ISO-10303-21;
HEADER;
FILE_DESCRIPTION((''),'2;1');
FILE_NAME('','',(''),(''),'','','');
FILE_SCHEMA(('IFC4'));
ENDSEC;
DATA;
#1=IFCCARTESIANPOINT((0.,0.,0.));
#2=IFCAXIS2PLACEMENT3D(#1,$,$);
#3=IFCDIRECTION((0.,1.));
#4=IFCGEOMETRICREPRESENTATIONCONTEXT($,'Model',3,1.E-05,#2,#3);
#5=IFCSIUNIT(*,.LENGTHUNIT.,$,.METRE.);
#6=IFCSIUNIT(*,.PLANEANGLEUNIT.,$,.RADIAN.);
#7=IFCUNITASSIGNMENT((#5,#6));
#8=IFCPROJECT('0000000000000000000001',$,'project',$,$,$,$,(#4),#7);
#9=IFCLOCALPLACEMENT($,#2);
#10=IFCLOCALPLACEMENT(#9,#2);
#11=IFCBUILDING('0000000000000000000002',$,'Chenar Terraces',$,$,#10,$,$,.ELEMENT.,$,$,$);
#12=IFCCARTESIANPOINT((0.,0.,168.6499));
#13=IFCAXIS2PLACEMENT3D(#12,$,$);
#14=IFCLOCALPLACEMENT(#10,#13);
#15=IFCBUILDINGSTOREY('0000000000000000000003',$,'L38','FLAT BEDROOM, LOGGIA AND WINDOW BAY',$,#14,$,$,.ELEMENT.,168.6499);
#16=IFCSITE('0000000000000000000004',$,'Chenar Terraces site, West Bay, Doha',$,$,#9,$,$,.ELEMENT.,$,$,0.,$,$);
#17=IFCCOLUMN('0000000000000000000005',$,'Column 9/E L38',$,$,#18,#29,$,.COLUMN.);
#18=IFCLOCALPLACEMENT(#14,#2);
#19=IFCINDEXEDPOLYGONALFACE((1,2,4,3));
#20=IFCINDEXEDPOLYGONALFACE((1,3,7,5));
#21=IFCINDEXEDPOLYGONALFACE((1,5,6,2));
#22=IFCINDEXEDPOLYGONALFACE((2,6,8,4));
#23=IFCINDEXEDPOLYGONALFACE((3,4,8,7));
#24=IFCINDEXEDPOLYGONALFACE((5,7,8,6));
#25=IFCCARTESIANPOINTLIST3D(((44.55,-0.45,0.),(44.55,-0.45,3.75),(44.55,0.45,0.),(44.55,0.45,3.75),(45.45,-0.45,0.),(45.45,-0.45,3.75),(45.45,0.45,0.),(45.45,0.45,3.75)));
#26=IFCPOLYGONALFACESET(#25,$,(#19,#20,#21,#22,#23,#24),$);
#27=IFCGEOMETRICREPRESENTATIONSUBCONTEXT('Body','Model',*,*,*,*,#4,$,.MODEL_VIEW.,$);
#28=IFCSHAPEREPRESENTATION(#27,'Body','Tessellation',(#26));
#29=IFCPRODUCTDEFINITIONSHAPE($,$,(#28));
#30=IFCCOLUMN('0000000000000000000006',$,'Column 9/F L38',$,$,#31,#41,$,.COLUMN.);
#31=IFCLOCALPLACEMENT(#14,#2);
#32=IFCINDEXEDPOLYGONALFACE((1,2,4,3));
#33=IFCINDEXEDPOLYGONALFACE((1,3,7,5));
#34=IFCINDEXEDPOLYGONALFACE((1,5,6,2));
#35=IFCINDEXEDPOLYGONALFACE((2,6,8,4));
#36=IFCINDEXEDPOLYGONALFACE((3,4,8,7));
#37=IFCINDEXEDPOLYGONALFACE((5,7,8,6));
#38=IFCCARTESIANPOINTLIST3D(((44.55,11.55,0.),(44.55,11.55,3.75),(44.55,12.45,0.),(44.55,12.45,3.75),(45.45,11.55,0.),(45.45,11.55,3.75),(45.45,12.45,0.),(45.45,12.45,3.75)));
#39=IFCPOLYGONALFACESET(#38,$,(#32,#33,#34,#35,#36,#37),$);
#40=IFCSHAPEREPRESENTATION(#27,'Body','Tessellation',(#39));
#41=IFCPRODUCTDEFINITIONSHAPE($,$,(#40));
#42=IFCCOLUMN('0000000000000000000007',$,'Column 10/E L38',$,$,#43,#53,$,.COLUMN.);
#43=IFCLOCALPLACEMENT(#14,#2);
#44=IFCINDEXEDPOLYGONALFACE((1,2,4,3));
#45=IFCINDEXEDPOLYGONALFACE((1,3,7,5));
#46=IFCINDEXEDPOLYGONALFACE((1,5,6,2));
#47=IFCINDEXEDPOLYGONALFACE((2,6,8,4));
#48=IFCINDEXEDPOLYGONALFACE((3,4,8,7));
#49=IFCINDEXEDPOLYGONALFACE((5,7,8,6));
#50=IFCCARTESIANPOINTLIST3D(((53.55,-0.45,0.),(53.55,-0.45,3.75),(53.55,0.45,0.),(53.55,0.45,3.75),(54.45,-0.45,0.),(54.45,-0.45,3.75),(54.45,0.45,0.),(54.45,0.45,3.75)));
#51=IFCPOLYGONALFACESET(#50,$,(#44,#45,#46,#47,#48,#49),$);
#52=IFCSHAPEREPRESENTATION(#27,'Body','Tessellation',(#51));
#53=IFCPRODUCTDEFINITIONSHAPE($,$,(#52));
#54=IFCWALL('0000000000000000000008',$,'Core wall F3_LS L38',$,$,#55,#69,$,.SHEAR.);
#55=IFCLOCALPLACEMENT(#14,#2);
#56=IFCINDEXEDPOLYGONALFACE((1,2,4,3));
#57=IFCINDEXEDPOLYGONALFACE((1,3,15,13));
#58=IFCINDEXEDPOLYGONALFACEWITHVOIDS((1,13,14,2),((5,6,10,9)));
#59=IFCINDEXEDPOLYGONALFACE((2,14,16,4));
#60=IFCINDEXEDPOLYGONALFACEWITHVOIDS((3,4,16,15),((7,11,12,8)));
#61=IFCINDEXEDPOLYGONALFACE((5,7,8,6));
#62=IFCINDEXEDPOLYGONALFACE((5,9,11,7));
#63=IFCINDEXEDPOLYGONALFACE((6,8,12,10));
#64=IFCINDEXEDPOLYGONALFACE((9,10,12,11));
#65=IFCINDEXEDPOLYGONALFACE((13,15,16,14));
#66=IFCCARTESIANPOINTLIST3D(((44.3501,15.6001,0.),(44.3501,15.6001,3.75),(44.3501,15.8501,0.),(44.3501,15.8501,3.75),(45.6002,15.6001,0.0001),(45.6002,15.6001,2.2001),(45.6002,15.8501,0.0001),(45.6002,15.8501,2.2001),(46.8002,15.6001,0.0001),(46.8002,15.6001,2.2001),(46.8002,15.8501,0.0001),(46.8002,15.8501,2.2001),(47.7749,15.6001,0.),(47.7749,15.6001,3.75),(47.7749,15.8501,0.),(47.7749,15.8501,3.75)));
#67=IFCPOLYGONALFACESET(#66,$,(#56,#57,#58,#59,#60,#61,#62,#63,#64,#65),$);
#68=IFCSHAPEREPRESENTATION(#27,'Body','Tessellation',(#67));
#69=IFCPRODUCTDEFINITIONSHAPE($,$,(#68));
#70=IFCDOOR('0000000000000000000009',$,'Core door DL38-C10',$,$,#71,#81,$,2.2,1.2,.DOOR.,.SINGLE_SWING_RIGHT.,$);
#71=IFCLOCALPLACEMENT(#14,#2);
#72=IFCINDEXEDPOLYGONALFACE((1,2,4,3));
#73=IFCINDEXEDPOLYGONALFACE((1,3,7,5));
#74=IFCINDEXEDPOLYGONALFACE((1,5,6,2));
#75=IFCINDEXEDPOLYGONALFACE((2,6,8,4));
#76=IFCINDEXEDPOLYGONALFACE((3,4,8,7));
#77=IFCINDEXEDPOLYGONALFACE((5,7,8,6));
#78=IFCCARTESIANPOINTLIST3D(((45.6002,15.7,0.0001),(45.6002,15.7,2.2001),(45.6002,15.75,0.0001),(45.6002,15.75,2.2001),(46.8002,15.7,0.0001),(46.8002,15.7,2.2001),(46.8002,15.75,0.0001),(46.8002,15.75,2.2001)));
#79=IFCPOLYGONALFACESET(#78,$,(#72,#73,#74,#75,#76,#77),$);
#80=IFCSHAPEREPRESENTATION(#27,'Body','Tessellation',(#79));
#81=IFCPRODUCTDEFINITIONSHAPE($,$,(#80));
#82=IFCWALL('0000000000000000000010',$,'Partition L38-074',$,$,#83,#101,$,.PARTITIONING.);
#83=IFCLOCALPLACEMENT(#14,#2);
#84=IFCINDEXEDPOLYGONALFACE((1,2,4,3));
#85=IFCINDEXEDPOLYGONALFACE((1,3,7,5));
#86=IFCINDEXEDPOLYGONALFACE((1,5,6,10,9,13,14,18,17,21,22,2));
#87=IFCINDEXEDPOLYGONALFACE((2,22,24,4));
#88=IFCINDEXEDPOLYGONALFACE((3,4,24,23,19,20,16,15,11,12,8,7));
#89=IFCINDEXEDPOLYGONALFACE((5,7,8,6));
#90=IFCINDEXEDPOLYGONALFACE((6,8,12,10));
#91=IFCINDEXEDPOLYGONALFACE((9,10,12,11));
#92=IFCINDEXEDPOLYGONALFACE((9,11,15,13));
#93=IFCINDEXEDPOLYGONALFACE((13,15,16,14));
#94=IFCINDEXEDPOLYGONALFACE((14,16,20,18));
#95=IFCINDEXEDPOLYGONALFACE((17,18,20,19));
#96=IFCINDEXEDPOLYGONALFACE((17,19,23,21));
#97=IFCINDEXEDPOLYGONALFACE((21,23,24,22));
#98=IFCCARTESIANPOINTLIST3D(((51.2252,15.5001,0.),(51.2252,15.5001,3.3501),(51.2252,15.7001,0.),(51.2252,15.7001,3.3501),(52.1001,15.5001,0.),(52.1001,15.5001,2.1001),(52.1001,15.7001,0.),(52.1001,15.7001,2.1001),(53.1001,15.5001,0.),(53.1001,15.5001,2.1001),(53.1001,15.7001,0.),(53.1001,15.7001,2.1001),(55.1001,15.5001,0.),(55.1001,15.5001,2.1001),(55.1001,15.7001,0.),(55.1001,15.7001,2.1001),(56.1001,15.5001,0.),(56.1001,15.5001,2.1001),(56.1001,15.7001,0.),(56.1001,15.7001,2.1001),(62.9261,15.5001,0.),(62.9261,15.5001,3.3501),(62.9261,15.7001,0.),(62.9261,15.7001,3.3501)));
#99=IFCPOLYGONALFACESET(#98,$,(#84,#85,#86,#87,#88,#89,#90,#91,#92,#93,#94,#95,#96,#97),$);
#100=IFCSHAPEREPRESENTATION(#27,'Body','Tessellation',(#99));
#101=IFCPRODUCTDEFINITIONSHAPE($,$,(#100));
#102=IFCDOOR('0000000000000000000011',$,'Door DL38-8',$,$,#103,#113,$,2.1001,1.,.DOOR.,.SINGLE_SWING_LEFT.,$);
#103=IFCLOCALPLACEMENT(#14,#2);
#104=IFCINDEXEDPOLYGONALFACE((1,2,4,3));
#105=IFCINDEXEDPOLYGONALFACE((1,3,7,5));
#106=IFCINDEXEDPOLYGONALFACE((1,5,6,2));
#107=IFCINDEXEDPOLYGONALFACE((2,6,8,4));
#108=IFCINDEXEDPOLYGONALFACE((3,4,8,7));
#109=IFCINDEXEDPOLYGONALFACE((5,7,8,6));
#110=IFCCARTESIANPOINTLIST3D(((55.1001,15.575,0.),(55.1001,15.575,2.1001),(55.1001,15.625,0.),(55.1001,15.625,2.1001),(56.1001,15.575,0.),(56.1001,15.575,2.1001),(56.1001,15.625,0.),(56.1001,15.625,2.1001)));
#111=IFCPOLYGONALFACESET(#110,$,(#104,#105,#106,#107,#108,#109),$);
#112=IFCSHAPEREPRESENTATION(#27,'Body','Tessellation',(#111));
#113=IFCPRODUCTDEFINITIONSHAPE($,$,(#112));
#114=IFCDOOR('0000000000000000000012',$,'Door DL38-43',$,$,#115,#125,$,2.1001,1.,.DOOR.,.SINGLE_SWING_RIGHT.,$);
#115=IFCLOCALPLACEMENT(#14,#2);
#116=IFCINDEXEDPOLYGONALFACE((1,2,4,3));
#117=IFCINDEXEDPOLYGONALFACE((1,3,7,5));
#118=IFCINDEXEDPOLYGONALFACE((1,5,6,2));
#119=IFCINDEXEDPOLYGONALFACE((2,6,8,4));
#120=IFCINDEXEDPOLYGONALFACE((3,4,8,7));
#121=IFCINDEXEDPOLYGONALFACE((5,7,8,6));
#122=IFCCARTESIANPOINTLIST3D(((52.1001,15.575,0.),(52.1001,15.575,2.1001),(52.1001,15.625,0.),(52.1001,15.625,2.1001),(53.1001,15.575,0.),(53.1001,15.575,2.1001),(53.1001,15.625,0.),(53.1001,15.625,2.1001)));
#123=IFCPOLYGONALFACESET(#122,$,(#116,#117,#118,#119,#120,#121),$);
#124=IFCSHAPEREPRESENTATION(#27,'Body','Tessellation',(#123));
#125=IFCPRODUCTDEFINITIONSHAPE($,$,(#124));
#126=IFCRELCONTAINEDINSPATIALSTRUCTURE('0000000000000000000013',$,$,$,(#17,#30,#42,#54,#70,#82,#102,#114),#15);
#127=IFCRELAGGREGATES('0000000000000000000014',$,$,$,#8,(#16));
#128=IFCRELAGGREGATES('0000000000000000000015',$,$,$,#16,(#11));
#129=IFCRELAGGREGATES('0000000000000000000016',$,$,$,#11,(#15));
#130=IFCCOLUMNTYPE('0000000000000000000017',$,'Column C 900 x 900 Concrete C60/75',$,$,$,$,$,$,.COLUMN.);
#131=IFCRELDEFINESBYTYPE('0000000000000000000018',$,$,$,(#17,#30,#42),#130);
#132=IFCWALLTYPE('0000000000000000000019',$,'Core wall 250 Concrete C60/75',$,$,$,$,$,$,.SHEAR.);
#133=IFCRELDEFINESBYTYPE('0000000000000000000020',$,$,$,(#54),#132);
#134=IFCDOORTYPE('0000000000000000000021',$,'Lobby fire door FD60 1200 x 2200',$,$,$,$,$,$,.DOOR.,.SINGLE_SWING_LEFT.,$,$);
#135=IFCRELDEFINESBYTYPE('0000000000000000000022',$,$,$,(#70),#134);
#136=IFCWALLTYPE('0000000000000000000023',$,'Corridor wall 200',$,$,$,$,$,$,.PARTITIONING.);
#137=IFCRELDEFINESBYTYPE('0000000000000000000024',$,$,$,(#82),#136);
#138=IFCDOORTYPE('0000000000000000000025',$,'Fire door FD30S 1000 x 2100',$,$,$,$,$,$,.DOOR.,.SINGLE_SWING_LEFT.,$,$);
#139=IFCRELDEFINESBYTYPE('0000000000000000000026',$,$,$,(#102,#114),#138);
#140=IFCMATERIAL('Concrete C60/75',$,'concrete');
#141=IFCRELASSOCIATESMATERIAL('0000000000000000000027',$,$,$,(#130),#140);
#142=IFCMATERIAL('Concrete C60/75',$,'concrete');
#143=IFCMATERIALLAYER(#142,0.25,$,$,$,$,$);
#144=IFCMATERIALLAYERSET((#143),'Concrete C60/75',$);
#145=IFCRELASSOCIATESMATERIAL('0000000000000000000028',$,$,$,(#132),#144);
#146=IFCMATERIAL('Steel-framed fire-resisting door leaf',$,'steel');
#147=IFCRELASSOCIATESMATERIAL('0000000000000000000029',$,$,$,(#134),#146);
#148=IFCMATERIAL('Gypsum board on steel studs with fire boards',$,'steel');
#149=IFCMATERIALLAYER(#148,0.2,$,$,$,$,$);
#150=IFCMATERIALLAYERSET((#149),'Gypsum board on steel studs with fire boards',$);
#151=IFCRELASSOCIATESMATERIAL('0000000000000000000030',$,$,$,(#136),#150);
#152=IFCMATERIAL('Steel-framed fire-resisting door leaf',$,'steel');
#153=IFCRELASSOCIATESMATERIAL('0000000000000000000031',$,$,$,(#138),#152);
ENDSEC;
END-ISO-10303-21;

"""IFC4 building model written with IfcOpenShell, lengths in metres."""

from ifc_helpers import new_model, si_unit, direction, frame, frame_2d, origin, origin_2d, place, context, subcontext, project, spatial, rectangle, extrude, material, layer, layer_set, material_profile, profile_set, type_object, element, fill, save


model = new_model("IFC4")

# Units and contexts
model_context = context("Model", 3, precision=1e-05, world=origin(), true_north=direction((0.0, 1.0)))
body_context = subcontext(model_context, "Body", "Model", "MODEL_VIEW")
ifc_project = project(units=[si_unit("LENGTHUNIT", "METRE"), si_unit("PLANEANGLEUNIT", "RADIAN")], contexts=[model_context])

# Site, building, storey
site_placement = place(None, origin())
site = spatial("IfcSite", under=ifc_project, at=site_placement, Name="Chenar Terraces site, West Bay, Doha", CompositionType="ELEMENT", RefElevation=0.0)
building_placement = place(site_placement, origin())
building = spatial("IfcBuilding", under=site, at=building_placement, Name="Chenar Terraces", CompositionType="ELEMENT")
storey_placement = place(building_placement, frame((0.0, 0.0, 168.6499)))
storey = spatial("IfcBuildingStorey", under=building, at=storey_placement, Name="L38", Description="FLAT BEDROOM, LOGGIA AND WINDOW BAY", CompositionType="ELEMENT", Elevation=168.6499)

# Columns
ifc_material_1 = material(Name="Concrete C60/75", Category="concrete")
ifc_material_profile = material_profile(ifc_material_1, rectangle(XDim=0.8999, YDim=0.8999, at=origin_2d()), Name="C 900 x 900")
ifc_profile_set = profile_set([ifc_material_profile], Name="Concrete C60/75")
column_type = type_object("IfcColumnType", Name="Column C 900 x 900 Concrete C60/75", PredefinedType="COLUMN", material=ifc_profile_set)
for number, where, z_axis, x_axis, name in (
    (1, (45.0, 0.0, 0.0), (0.0, 0.0, 1.0), (1.0, 0.0, 0.0), "Column 9/E L38"),
    (2, (45.0, 12.0, 0.0), (0.0, 0.0, 1.0), (1.0, 0.0, 0.0), "Column 9/F L38"),
    (3, (54.0, 0.0, 0.0), (0.0, 0.0, 1.0), (1.0, 0.0, 0.0), "Column 10/E L38"),
):
    element("IfcColumn", number, at=place(storey_placement, frame(where, z_axis=z_axis, x_axis=x_axis)), inside=storey, type_object=column_type, Name=name, PredefinedType="COLUMN", context=body_context, shape_type="SweptSolid", body=[
        extrude(rectangle(XDim=0.8999, YDim=0.8999, at=origin_2d()), origin(), (0.0, 0.0, 1.0), 3.75),
    ])

# Wall, opening, door
ifc_material_2 = material(Name="Concrete C60/75", Category="concrete")
ifc_layer_1 = layer(ifc_material_2, 0.25)
ifc_layer_set_1 = layer_set([ifc_layer_1], Name="Concrete C60/75")
wall_type_1 = type_object("IfcWallType", Name="Core wall 250 Concrete C60/75", PredefinedType="SHEAR", material=ifc_layer_set_1)
wall_1_placement = place(storey_placement, frame((44.3501, 15.7251, 0.0), z_axis=(0.0, 0.0, 1.0), x_axis=(1.0, 0.0, 0.0)))
wall_1 = element("IfcWall", 4, at=wall_1_placement, inside=storey, type_object=wall_type_1, Name="Core wall F3_LS L38", PredefinedType="SHEAR", context=body_context, shape_type="SweptSolid", body=[
    extrude(rectangle(XDim=3.4248, YDim=0.25, at=frame_2d((1.7124, 0.0))), origin(), (0.0, 0.0, 1.0), 3.75),
])
opening_1_placement = place(wall_1_placement, frame((1.25, 0.0, 0.0)))
opening_1 = element("IfcOpeningElement", 5, at=opening_1_placement, cuts=wall_1, PredefinedType="OPENING", context=body_context, shape_type="SweptSolid", body=[
    extrude(rectangle(XDim=1.2, YDim=2.2, at=frame_2d((0.6001, 1.1001))), frame((0.0, 0.135, 0.0), z_axis=(0.0, -1.0, 0.0), x_axis=(1.0, 0.0, 0.0)), (0.0, 0.0, 1.0), 0.27),
])
ifc_material_3 = material(Name="Steel-framed fire-resisting door leaf", Category="steel")
door_type_1 = type_object("IfcDoorType", Name="Lobby fire door FD60 1200 x 2200", OperationType="SINGLE_SWING_LEFT", PredefinedType="DOOR", material=ifc_material_3)
door_1_placement = place(opening_1_placement, origin())
door_1 = element("IfcDoor", 6, at=door_1_placement, inside=storey, type_object=door_type_1, Name="Core door DL38-C10", OperationType="SINGLE_SWING_RIGHT", OverallHeight=2.2, OverallWidth=1.2, PredefinedType="DOOR", context=body_context, shape_type="SweptSolid", body=[
    extrude(rectangle(XDim=1.2, YDim=2.2, at=frame_2d((0.6001, 1.1001))), frame((0.0, 0.0249, 0.0), z_axis=(0.0, -1.0, 0.0), x_axis=(1.0, 0.0, 0.0)), (0.0, 0.0, 1.0), 0.05),
])
fill(opening_1, door_1)

# Wall, openings, doors
ifc_material_4 = material(Name="Gypsum board on steel studs with fire boards", Category="steel")
ifc_layer_2 = layer(ifc_material_4, 0.2)
ifc_layer_set_2 = layer_set([ifc_layer_2], Name="Gypsum board on steel studs with fire boards")
wall_type_2 = type_object("IfcWallType", Name="Corridor wall 200", PredefinedType="PARTITIONING", material=ifc_layer_set_2)
wall_2_placement = place(storey_placement, frame((51.2251, 15.6001, 0.0), z_axis=(0.0, 0.0, 1.0), x_axis=(1.0, 0.0, 0.0)))
wall_2 = element("IfcWall", 7, at=wall_2_placement, inside=storey, type_object=wall_type_2, Name="Partition L38-074", PredefinedType="PARTITIONING", context=body_context, shape_type="SweptSolid", body=[
    extrude(rectangle(XDim=11.7009, YDim=0.2, at=frame_2d((5.8506, 0.0))), origin(), (0.0, 0.0, 1.0), 3.3501),
])
opening_2_placement = place(wall_2_placement, frame((3.875, 0.0, 0.0)))
opening_2 = element("IfcOpeningElement", 8, at=opening_2_placement, cuts=wall_2, PredefinedType="OPENING", context=body_context, shape_type="SweptSolid", body=[
    extrude(rectangle(XDim=1.0, YDim=2.1001, at=frame_2d((0.5, 1.05))), frame((0.0, 0.1099, 0.0), z_axis=(0.0, -1.0, 0.0), x_axis=(1.0, 0.0, 0.0)), (0.0, 0.0, 1.0), 0.22),
])
opening_3_placement = place(wall_2_placement, frame((0.875, 0.0, 0.0)))
opening_3 = element("IfcOpeningElement", 9, at=opening_3_placement, cuts=wall_2, PredefinedType="OPENING", context=body_context, shape_type="SweptSolid", body=[
    extrude(rectangle(XDim=1.0, YDim=2.1001, at=frame_2d((0.5, 1.05))), frame((0.0, 0.1099, 0.0), z_axis=(0.0, -1.0, 0.0), x_axis=(1.0, 0.0, 0.0)), (0.0, 0.0, 1.0), 0.22),
])
ifc_material_5 = material(Name="Steel-framed fire-resisting door leaf", Category="steel")
door_type_2 = type_object("IfcDoorType", Name="Fire door FD30S 1000 x 2100", OperationType="SINGLE_SWING_LEFT", PredefinedType="DOOR", material=ifc_material_5)
door_2_placement = place(opening_2_placement, origin())
door_2 = element("IfcDoor", 10, at=door_2_placement, inside=storey, type_object=door_type_2, Name="Door DL38-8", OperationType="SINGLE_SWING_LEFT", OverallHeight=2.1001, OverallWidth=1.0, PredefinedType="DOOR", context=body_context, shape_type="SweptSolid", body=[
    extrude(rectangle(XDim=1.0, YDim=2.1001, at=frame_2d((0.5, 1.05))), frame((0.0, 0.0249, 0.0), z_axis=(0.0, -1.0, 0.0), x_axis=(1.0, 0.0, 0.0)), (0.0, 0.0, 1.0), 0.05),
])
fill(opening_2, door_2)
door_3_placement = place(opening_3_placement, origin())
door_3 = element("IfcDoor", 11, at=door_3_placement, inside=storey, type_object=door_type_2, Name="Door DL38-43", OperationType="SINGLE_SWING_RIGHT", OverallHeight=2.1001, OverallWidth=1.0, PredefinedType="DOOR", context=body_context, shape_type="SweptSolid", body=[
    extrude(rectangle(XDim=1.0, YDim=2.1001, at=frame_2d((0.5, 1.05))), frame((0.0, 0.0249, 0.0), z_axis=(0.0, -1.0, 0.0), x_axis=(1.0, 0.0, 0.0)), (0.0, 0.0, 1.0), 0.05),
])
fill(opening_3, door_3)

save(model, "model.ifc")
